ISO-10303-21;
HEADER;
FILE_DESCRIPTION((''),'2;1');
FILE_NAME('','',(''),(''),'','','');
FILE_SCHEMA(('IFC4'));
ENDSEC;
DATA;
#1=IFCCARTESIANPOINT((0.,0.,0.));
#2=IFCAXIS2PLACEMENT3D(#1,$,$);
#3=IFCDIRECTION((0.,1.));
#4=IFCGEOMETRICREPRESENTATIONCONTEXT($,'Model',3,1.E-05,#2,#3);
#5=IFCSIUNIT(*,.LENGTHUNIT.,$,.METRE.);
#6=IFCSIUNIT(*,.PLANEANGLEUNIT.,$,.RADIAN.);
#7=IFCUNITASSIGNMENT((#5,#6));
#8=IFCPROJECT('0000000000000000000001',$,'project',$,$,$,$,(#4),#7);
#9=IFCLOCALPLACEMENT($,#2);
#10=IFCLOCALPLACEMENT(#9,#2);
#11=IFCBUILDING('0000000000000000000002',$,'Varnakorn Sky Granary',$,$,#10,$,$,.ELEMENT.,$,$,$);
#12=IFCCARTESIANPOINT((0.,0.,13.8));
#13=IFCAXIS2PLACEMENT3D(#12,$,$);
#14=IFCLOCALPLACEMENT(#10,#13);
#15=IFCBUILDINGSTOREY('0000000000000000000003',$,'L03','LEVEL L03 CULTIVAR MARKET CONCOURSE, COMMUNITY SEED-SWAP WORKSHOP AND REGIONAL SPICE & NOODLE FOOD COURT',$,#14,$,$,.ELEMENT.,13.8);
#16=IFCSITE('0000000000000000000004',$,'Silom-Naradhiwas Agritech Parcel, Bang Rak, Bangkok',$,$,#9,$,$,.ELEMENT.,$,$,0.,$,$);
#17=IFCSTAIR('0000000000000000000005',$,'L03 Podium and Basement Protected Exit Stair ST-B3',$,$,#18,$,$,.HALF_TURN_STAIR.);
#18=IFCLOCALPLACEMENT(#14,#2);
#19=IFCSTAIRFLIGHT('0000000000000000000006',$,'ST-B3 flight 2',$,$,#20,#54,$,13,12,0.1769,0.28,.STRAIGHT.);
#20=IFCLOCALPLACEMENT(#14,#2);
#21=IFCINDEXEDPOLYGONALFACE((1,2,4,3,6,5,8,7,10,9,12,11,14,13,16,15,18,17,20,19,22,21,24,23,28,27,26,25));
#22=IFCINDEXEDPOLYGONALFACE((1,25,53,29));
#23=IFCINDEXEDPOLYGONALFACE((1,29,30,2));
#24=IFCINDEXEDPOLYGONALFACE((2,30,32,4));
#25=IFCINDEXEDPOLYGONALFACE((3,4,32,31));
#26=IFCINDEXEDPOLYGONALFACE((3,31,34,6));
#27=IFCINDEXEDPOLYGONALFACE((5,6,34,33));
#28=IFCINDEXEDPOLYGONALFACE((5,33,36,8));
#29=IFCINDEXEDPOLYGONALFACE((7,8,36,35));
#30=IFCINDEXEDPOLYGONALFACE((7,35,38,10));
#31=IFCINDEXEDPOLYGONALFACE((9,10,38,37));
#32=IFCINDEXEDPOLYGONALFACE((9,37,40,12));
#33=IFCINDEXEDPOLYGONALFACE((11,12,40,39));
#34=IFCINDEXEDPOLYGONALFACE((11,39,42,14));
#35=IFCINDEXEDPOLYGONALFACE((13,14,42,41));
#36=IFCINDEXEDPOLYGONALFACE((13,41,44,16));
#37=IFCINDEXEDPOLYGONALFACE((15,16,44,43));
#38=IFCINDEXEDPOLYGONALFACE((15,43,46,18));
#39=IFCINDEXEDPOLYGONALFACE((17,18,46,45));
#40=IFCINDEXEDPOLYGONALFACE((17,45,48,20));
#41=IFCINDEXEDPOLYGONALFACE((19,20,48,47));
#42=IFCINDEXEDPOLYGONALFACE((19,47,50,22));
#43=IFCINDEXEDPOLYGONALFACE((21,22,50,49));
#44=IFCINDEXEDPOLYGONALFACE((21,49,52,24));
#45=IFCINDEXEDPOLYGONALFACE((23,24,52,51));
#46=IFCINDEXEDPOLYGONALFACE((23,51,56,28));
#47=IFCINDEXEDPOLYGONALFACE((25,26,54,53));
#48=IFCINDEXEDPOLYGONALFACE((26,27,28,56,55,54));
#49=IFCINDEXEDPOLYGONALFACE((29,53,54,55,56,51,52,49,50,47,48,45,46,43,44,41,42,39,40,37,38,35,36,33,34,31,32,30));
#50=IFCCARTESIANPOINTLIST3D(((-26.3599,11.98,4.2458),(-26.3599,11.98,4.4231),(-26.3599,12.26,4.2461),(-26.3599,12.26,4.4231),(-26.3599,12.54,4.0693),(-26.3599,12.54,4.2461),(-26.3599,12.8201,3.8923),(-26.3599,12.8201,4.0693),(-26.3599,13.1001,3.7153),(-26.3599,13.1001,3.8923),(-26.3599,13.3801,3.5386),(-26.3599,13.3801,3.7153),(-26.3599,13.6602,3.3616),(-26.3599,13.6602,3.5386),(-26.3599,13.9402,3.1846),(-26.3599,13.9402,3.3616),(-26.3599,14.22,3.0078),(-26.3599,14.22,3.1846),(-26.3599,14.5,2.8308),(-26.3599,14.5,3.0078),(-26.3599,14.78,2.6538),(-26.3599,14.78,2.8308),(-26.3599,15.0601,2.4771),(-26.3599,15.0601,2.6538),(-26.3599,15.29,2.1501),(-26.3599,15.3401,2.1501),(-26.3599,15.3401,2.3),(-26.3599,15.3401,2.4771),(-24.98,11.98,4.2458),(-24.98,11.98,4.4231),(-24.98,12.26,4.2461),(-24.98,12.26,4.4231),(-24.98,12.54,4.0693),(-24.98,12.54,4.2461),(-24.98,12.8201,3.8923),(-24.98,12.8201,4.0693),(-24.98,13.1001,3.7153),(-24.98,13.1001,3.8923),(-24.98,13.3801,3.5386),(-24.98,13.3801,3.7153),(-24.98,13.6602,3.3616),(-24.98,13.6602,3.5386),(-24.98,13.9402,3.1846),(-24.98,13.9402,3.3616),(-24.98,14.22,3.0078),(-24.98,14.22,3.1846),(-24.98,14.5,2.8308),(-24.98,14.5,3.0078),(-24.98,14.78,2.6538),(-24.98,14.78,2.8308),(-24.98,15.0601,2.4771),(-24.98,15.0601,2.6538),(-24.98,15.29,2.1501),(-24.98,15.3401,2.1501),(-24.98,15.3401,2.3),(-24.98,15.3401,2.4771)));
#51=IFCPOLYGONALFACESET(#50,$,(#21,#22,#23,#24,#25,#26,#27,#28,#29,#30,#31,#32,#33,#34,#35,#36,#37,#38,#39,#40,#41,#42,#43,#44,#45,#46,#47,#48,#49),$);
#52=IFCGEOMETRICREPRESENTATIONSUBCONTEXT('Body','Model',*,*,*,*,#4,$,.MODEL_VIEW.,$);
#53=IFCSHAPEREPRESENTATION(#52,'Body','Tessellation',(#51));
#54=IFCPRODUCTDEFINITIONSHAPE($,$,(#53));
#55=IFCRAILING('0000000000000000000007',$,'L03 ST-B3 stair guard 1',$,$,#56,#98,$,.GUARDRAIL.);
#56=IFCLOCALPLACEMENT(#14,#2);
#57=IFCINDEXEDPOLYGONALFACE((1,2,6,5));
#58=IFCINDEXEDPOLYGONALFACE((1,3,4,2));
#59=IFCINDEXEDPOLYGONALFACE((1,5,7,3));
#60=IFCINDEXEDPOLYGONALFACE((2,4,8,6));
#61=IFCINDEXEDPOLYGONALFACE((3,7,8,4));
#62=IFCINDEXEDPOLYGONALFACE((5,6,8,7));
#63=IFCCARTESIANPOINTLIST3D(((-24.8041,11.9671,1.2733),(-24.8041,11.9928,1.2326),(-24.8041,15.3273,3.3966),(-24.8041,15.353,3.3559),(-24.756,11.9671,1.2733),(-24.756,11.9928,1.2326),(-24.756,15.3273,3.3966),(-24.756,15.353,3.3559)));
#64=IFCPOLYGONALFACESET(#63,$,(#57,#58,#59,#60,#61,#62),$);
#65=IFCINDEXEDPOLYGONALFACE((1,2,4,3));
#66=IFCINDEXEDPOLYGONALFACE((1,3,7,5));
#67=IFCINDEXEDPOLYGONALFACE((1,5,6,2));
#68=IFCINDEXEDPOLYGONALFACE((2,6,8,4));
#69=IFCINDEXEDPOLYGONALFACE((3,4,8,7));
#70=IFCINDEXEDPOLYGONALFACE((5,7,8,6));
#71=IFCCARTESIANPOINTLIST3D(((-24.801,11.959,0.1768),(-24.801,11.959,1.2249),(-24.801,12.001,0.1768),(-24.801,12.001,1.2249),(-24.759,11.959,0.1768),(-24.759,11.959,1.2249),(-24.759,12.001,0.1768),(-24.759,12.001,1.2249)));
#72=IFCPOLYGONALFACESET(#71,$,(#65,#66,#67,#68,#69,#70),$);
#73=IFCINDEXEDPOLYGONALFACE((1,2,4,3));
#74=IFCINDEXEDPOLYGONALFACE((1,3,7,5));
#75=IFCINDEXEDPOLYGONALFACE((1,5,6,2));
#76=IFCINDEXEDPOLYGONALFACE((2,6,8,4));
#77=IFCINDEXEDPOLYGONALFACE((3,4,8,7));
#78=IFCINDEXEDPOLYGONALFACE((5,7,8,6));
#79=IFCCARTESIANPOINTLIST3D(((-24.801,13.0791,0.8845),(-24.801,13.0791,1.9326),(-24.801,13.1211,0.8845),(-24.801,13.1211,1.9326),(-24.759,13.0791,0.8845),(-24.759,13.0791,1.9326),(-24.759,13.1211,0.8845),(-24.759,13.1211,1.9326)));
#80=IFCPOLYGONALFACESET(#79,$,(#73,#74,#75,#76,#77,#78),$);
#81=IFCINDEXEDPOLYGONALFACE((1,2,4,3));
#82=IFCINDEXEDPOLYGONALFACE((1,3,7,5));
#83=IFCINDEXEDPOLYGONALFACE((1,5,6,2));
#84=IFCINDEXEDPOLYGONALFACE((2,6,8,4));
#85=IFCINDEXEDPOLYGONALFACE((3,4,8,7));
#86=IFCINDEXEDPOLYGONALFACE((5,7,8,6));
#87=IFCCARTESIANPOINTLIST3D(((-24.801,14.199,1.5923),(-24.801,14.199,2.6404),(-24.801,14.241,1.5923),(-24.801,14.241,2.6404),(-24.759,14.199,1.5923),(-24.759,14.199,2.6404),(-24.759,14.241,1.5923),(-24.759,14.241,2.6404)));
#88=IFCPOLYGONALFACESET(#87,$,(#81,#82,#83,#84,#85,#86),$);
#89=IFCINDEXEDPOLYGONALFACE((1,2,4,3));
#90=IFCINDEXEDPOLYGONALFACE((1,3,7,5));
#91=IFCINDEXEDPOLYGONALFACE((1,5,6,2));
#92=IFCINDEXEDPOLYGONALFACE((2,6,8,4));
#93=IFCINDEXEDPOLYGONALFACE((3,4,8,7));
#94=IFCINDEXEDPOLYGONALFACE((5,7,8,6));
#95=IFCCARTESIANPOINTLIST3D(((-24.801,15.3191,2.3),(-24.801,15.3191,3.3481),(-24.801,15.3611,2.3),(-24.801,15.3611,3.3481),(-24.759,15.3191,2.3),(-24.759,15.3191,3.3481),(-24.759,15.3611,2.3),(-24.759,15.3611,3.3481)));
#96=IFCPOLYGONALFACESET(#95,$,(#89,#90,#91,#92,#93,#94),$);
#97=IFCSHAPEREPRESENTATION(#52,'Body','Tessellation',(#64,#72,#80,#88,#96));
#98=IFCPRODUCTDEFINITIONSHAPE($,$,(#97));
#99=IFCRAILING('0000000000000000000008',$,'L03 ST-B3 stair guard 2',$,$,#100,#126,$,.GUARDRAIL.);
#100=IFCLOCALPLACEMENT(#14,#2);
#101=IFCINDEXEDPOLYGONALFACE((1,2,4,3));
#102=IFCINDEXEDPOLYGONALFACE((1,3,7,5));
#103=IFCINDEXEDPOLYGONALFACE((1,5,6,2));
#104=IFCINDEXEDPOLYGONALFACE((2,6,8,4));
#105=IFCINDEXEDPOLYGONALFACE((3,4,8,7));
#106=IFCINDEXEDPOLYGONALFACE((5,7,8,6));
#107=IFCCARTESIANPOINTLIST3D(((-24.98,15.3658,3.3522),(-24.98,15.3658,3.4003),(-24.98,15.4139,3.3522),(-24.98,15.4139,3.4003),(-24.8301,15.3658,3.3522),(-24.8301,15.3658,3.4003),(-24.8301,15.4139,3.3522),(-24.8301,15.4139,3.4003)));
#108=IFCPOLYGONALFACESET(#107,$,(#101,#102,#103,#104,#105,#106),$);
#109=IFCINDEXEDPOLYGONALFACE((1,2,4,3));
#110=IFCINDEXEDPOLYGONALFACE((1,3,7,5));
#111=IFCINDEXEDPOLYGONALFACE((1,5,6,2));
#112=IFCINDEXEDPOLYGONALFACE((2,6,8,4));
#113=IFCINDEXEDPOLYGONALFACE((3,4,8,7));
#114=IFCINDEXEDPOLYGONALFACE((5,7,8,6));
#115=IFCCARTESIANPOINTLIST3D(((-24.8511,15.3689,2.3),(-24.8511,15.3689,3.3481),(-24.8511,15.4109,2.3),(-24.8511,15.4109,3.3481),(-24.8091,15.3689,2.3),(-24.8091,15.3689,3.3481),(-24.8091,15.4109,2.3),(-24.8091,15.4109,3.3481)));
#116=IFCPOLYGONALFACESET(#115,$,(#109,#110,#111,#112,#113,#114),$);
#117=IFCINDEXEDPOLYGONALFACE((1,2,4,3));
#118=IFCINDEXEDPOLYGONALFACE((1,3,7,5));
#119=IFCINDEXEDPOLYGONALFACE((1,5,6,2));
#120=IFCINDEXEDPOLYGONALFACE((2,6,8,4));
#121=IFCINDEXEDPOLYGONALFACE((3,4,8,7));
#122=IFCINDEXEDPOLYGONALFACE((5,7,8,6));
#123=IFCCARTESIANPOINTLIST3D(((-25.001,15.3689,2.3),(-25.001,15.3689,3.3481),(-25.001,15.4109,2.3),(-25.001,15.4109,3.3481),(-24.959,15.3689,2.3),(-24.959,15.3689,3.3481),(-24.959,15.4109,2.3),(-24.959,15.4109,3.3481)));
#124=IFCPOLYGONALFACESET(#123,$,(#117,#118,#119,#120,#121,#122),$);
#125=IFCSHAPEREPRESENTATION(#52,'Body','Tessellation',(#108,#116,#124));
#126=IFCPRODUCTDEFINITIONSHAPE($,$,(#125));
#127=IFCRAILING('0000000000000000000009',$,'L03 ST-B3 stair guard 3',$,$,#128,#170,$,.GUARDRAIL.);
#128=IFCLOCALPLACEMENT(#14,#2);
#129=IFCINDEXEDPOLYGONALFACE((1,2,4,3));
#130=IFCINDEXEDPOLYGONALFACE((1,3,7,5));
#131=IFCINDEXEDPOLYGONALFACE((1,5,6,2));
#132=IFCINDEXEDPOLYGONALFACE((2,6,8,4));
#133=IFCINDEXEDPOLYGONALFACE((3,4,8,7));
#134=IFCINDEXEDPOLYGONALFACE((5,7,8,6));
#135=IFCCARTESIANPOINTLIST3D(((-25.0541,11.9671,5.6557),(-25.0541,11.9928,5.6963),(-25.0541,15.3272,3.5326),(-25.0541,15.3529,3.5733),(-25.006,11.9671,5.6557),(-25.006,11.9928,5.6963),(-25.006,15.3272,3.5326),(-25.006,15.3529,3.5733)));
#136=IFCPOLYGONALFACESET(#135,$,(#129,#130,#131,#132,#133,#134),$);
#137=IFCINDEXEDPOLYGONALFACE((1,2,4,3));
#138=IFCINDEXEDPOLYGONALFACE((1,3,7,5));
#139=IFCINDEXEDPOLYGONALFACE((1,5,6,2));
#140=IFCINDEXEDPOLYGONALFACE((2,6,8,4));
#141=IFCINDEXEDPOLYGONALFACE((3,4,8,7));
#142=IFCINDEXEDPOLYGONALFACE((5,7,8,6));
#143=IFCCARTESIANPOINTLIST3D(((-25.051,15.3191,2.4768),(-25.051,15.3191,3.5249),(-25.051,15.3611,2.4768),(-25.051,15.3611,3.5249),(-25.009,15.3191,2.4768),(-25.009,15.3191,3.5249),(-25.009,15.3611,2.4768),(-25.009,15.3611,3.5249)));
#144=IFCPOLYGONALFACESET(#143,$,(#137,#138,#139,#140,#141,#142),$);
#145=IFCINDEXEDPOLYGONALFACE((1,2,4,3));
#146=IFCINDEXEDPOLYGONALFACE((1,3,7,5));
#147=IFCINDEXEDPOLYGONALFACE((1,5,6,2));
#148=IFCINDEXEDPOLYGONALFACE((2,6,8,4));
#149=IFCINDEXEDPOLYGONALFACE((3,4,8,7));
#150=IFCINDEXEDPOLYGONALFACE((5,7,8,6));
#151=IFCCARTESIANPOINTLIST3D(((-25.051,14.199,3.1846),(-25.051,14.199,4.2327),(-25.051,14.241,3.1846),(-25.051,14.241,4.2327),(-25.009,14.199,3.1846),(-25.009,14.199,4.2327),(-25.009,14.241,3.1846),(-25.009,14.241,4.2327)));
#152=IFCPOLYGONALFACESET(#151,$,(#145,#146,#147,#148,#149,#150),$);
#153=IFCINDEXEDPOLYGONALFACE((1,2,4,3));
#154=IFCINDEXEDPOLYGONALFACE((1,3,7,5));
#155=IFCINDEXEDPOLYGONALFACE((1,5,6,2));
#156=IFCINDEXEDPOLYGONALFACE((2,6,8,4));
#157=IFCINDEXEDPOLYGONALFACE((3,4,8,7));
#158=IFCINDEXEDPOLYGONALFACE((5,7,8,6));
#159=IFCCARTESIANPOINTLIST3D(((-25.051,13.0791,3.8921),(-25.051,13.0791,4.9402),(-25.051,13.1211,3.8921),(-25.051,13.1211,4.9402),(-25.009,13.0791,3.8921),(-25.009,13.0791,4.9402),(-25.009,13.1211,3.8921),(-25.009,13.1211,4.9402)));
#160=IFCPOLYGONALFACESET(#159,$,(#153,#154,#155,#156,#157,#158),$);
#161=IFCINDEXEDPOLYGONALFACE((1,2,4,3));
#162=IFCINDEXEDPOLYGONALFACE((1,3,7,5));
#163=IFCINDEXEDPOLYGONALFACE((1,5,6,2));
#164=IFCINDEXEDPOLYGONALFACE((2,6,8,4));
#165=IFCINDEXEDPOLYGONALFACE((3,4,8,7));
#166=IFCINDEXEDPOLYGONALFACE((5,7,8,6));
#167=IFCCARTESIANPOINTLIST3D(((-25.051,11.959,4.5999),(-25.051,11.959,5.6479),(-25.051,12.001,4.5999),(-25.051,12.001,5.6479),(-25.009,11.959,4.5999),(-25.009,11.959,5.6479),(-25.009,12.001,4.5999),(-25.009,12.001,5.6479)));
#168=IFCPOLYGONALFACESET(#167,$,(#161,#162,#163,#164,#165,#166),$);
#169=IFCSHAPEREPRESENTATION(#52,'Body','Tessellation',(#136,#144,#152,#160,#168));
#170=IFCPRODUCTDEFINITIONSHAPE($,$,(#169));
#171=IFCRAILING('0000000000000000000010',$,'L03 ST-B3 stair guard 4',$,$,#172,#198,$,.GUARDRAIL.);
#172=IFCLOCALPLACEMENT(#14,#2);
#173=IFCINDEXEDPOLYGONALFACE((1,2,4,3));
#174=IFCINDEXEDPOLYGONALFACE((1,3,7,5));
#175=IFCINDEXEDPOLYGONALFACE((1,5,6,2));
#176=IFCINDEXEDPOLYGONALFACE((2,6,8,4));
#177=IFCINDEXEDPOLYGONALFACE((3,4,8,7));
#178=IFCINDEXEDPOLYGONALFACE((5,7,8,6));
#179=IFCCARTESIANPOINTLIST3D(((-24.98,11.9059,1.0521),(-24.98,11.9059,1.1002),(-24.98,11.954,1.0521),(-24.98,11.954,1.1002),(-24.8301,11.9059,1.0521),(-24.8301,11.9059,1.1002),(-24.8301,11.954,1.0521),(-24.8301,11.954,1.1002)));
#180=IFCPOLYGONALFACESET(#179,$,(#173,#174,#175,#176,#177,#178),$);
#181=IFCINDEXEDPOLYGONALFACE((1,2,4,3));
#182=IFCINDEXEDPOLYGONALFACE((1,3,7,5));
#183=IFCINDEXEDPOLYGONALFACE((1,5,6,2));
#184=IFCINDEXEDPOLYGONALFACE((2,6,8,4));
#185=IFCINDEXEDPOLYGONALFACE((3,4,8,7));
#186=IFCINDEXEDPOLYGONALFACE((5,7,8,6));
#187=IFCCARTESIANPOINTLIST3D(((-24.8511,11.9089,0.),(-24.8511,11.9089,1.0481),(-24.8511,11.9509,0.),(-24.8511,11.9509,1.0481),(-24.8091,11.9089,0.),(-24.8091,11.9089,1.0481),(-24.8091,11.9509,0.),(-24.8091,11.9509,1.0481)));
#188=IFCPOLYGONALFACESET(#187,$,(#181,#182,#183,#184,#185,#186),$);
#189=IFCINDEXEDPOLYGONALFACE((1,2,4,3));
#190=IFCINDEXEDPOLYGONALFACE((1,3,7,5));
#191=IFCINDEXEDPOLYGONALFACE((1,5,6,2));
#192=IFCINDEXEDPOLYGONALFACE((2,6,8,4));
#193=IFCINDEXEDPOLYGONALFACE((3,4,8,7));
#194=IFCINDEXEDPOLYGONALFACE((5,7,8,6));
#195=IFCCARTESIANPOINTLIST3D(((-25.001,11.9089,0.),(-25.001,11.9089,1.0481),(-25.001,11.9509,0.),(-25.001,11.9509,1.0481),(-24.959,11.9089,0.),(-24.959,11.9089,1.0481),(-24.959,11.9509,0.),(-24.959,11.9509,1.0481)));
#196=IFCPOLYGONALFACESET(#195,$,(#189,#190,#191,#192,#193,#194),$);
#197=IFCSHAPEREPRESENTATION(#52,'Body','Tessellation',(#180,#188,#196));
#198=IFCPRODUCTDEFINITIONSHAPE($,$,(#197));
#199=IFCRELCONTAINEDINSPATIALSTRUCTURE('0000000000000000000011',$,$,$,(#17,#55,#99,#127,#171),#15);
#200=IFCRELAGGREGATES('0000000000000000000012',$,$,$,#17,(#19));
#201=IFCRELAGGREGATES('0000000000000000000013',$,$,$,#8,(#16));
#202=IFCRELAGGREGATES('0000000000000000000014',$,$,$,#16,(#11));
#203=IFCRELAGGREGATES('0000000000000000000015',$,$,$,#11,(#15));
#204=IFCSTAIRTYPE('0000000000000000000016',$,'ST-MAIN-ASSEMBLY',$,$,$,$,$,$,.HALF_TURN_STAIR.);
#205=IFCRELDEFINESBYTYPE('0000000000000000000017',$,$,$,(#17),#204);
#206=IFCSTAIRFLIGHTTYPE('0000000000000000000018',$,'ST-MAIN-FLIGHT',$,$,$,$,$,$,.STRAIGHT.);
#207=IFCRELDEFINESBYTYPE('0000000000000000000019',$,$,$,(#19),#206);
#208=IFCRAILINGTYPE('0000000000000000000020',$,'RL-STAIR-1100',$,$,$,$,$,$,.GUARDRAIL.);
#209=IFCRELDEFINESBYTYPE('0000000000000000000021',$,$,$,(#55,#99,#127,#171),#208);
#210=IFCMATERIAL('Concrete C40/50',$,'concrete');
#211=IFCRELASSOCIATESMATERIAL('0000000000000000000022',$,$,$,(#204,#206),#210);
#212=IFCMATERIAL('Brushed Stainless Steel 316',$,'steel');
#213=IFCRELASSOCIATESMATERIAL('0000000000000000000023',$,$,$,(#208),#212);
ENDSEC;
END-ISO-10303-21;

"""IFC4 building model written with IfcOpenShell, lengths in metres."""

from ifc_helpers import new_model, si_unit, direction, frame, origin, origin_2d, place, context, subcontext, project, spatial, polyline, rectangle, outline, extrude, material, type_object, element, aggregate, save


model = new_model("IFC4")

# Units and contexts
model_context = context("Model", 3, precision=1e-05, world=origin(), true_north=direction((0.0, 1.0)))
body_context = subcontext(model_context, "Body", "Model", "MODEL_VIEW")
ifc_project = project(units=[si_unit("LENGTHUNIT", "METRE"), si_unit("PLANEANGLEUNIT", "RADIAN")], contexts=[model_context])

# Site, building, storey
site_placement = place(None, origin())
site = spatial("IfcSite", under=ifc_project, at=site_placement, Name="Silom-Naradhiwas Agritech Parcel, Bang Rak, Bangkok", CompositionType="ELEMENT", RefElevation=0.0)
building_placement = place(site_placement, origin())
building = spatial("IfcBuilding", under=site, at=building_placement, Name="Varnakorn Sky Granary", CompositionType="ELEMENT")
storey_placement = place(building_placement, frame((0.0, 0.0, 13.8)))
storey = spatial("IfcBuildingStorey", under=building, at=storey_placement, Name="L03", Description="LEVEL L03 CULTIVAR MARKET CONCOURSE, COMMUNITY SEED-SWAP WORKSHOP AND REGIONAL SPICE & NOODLE FOOD COURT", CompositionType="ELEMENT", Elevation=13.8)

# Stair, stair flight
ifc_material_1 = material(Name="Concrete C40/50", Category="concrete")
stair_type = type_object("IfcStairType", Name="ST-MAIN-ASSEMBLY", PredefinedType="HALF_TURN_STAIR", material=ifc_material_1)
stair_placement = place(storey_placement, origin())
stair = element("IfcStair", 1, at=stair_placement, inside=storey, type_object=stair_type, Name="L03 Podium and Basement Protected Exit Stair ST-B3", PredefinedType="HALF_TURN_STAIR")
stair_flight_type = type_object("IfcStairFlightType", Name="ST-MAIN-FLIGHT", PredefinedType="STRAIGHT", material=ifc_material_1)
stair_flight_1_placement = place(storey_placement, frame((-25.6699, 15.3401, 2.3), z_axis=(0.0, 0.0, 1.0), x_axis=(0.0, -1.0, 0.0)))
stair_flight_1 = element("IfcStairFlight", 2, at=stair_flight_1_placement, type_object=stair_flight_type, Name="ST-B3 flight 2", NumberOfRisers=13, NumberOfTreads=12, PredefinedType="STRAIGHT", RiserHeight=0.1769, TreadLength=0.28, context=body_context, shape_type="SweptSolid", body=[
    extrude(outline(polyline([(0.0, -0.1499), (0.0, 0.0), (0.0, 0.177), (0.28, 0.177), (0.28, 0.3538), (0.5601, 0.3538), (0.5601, 0.5308), (0.8401, 0.5308), (0.8401, 0.7078), (1.1201, 0.7078), (1.1201, 0.8845), (1.3999, 0.8845), (1.3999, 1.0615), (1.6799, 1.0615), (1.6799, 1.2385), (1.96, 1.2385), (1.96, 1.4153), (2.24, 1.4153), (2.24, 1.5923), (2.52, 1.5923), (2.52, 1.7693), (2.8, 1.7693), (2.8, 1.946), (3.0801, 1.946), (3.0801, 2.123), (3.3601, 2.123), (3.3601, 2.3), (3.3601, 1.9458), (0.05, -0.1499), (0.0, -0.1499)])), frame((0.0, 0.6899, 0.0), z_axis=(0.0, -1.0, 0.0), x_axis=(1.0, 0.0, 0.0)), (0.0, 0.0, 1.0), 1.3799),
])
aggregate(stair, [stair_flight_1])

# Railings
ifc_material_2 = material(Name="Brushed Stainless Steel 316", Category="steel")
railing_type_1 = type_object("IfcRailingType", Name="RL-STAIR-1100", PredefinedType="GUARDRAIL", material=ifc_material_2)
railing_1_placement = place(storey_placement, frame((-24.78, 11.98, 0.1768)))
element("IfcRailing", 3, at=railing_1_placement, inside=storey, type_object=railing_type_1, Name="L03 ST-B3 stair guard 1", PredefinedType="GUARDRAIL", context=body_context, shape_type="SweptSolid", body=[
    extrude(rectangle(XDim=0.0481, YDim=0.0481, at=origin_2d()), frame((0.0, 0.0, 1.0762), z_axis=(0.0, 0.845362, 0.534194), x_axis=(-1.0, 0.0, 0.0)), (0.0, 0.0, 1.0), 3.9749),
    extrude(rectangle(XDim=0.042, YDim=0.042, at=origin_2d()), origin(), (0.0, 0.0, 1.0), 1.0481),
    extrude(rectangle(XDim=0.042, YDim=0.042, at=origin_2d()), frame((0.0, 1.1201, 0.7078)), (0.0, 0.0, 1.0), 1.0481),
    extrude(rectangle(XDim=0.042, YDim=0.042, at=origin_2d()), frame((0.0, 2.24, 1.4155)), (0.0, 0.0, 1.0), 1.0481),
    extrude(rectangle(XDim=0.042, YDim=0.042, at=origin_2d()), frame((0.0, 3.3601, 2.1233)), (0.0, 0.0, 1.0), 1.0481),
])
railing_2_placement = place(storey_placement, frame((-24.8301, 15.3899, 2.3)))
element("IfcRailing", 4, at=railing_2_placement, inside=storey, type_object=railing_type_1, Name="L03 ST-B3 stair guard 2", PredefinedType="GUARDRAIL", context=body_context, shape_type="SweptSolid", body=[
    extrude(rectangle(XDim=0.0481, YDim=0.0481, at=origin_2d()), frame((0.0, 0.0, 1.0762), z_axis=(-1.0, 0.0, 0.0), x_axis=(0.0, -1.0, 0.0)), (0.0, 0.0, 1.0), 0.1499),
    extrude(rectangle(XDim=0.042, YDim=0.042, at=origin_2d()), origin(), (0.0, 0.0, 1.0), 1.0481),
    extrude(rectangle(XDim=0.042, YDim=0.042, at=origin_2d()), frame((-0.1499, 0.0, 0.0)), (0.0, 0.0, 1.0), 1.0481),
])
railing_3_placement = place(storey_placement, frame((-25.03, 15.3401, 2.4768)))
element("IfcRailing", 5, at=railing_3_placement, inside=storey, type_object=railing_type_1, Name="L03 ST-B3 stair guard 3", PredefinedType="GUARDRAIL", context=body_context, shape_type="SweptSolid", body=[
    extrude(rectangle(XDim=0.0481, YDim=0.0481, at=origin_2d()), frame((0.0, 0.0, 1.0762), z_axis=(0.0, -0.84539, 0.53415), x_axis=(1.0, 0.0, 0.0)), (0.0, 0.0, 1.0), 3.9746),
    extrude(rectangle(XDim=0.042, YDim=0.042, at=origin_2d()), origin(), (0.0, 0.0, 1.0), 1.0481),
    extrude(rectangle(XDim=0.042, YDim=0.042, at=origin_2d()), frame((0.0, -1.1201, 0.7078)), (0.0, 0.0, 1.0), 1.0481),
    extrude(rectangle(XDim=0.042, YDim=0.042, at=origin_2d()), frame((0.0, -2.24, 1.4153)), (0.0, 0.0, 1.0), 1.0481),
    extrude(rectangle(XDim=0.042, YDim=0.042, at=origin_2d()), frame((0.0, -3.3601, 2.123)), (0.0, 0.0, 1.0), 1.0481),
])
railing_4_placement = place(storey_placement, frame((-24.8301, 11.9299, 0.0)))
element("IfcRailing", 6, at=railing_4_placement, inside=storey, type_object=railing_type_1, Name="L03 ST-B3 stair guard 4", PredefinedType="GUARDRAIL", context=body_context, shape_type="SweptSolid", body=[
    extrude(rectangle(XDim=0.0481, YDim=0.0481, at=origin_2d()), frame((0.0, 0.0, 1.0762), z_axis=(-1.0, 0.0, 0.0), x_axis=(0.0, -1.0, 0.0)), (0.0, 0.0, 1.0), 0.1499),
    extrude(rectangle(XDim=0.042, YDim=0.042, at=origin_2d()), origin(), (0.0, 0.0, 1.0), 1.0481),
    extrude(rectangle(XDim=0.042, YDim=0.042, at=origin_2d()), frame((-0.1499, 0.0, 0.0)), (0.0, 0.0, 1.0), 1.0481),
])

save(model, "model.ifc")
